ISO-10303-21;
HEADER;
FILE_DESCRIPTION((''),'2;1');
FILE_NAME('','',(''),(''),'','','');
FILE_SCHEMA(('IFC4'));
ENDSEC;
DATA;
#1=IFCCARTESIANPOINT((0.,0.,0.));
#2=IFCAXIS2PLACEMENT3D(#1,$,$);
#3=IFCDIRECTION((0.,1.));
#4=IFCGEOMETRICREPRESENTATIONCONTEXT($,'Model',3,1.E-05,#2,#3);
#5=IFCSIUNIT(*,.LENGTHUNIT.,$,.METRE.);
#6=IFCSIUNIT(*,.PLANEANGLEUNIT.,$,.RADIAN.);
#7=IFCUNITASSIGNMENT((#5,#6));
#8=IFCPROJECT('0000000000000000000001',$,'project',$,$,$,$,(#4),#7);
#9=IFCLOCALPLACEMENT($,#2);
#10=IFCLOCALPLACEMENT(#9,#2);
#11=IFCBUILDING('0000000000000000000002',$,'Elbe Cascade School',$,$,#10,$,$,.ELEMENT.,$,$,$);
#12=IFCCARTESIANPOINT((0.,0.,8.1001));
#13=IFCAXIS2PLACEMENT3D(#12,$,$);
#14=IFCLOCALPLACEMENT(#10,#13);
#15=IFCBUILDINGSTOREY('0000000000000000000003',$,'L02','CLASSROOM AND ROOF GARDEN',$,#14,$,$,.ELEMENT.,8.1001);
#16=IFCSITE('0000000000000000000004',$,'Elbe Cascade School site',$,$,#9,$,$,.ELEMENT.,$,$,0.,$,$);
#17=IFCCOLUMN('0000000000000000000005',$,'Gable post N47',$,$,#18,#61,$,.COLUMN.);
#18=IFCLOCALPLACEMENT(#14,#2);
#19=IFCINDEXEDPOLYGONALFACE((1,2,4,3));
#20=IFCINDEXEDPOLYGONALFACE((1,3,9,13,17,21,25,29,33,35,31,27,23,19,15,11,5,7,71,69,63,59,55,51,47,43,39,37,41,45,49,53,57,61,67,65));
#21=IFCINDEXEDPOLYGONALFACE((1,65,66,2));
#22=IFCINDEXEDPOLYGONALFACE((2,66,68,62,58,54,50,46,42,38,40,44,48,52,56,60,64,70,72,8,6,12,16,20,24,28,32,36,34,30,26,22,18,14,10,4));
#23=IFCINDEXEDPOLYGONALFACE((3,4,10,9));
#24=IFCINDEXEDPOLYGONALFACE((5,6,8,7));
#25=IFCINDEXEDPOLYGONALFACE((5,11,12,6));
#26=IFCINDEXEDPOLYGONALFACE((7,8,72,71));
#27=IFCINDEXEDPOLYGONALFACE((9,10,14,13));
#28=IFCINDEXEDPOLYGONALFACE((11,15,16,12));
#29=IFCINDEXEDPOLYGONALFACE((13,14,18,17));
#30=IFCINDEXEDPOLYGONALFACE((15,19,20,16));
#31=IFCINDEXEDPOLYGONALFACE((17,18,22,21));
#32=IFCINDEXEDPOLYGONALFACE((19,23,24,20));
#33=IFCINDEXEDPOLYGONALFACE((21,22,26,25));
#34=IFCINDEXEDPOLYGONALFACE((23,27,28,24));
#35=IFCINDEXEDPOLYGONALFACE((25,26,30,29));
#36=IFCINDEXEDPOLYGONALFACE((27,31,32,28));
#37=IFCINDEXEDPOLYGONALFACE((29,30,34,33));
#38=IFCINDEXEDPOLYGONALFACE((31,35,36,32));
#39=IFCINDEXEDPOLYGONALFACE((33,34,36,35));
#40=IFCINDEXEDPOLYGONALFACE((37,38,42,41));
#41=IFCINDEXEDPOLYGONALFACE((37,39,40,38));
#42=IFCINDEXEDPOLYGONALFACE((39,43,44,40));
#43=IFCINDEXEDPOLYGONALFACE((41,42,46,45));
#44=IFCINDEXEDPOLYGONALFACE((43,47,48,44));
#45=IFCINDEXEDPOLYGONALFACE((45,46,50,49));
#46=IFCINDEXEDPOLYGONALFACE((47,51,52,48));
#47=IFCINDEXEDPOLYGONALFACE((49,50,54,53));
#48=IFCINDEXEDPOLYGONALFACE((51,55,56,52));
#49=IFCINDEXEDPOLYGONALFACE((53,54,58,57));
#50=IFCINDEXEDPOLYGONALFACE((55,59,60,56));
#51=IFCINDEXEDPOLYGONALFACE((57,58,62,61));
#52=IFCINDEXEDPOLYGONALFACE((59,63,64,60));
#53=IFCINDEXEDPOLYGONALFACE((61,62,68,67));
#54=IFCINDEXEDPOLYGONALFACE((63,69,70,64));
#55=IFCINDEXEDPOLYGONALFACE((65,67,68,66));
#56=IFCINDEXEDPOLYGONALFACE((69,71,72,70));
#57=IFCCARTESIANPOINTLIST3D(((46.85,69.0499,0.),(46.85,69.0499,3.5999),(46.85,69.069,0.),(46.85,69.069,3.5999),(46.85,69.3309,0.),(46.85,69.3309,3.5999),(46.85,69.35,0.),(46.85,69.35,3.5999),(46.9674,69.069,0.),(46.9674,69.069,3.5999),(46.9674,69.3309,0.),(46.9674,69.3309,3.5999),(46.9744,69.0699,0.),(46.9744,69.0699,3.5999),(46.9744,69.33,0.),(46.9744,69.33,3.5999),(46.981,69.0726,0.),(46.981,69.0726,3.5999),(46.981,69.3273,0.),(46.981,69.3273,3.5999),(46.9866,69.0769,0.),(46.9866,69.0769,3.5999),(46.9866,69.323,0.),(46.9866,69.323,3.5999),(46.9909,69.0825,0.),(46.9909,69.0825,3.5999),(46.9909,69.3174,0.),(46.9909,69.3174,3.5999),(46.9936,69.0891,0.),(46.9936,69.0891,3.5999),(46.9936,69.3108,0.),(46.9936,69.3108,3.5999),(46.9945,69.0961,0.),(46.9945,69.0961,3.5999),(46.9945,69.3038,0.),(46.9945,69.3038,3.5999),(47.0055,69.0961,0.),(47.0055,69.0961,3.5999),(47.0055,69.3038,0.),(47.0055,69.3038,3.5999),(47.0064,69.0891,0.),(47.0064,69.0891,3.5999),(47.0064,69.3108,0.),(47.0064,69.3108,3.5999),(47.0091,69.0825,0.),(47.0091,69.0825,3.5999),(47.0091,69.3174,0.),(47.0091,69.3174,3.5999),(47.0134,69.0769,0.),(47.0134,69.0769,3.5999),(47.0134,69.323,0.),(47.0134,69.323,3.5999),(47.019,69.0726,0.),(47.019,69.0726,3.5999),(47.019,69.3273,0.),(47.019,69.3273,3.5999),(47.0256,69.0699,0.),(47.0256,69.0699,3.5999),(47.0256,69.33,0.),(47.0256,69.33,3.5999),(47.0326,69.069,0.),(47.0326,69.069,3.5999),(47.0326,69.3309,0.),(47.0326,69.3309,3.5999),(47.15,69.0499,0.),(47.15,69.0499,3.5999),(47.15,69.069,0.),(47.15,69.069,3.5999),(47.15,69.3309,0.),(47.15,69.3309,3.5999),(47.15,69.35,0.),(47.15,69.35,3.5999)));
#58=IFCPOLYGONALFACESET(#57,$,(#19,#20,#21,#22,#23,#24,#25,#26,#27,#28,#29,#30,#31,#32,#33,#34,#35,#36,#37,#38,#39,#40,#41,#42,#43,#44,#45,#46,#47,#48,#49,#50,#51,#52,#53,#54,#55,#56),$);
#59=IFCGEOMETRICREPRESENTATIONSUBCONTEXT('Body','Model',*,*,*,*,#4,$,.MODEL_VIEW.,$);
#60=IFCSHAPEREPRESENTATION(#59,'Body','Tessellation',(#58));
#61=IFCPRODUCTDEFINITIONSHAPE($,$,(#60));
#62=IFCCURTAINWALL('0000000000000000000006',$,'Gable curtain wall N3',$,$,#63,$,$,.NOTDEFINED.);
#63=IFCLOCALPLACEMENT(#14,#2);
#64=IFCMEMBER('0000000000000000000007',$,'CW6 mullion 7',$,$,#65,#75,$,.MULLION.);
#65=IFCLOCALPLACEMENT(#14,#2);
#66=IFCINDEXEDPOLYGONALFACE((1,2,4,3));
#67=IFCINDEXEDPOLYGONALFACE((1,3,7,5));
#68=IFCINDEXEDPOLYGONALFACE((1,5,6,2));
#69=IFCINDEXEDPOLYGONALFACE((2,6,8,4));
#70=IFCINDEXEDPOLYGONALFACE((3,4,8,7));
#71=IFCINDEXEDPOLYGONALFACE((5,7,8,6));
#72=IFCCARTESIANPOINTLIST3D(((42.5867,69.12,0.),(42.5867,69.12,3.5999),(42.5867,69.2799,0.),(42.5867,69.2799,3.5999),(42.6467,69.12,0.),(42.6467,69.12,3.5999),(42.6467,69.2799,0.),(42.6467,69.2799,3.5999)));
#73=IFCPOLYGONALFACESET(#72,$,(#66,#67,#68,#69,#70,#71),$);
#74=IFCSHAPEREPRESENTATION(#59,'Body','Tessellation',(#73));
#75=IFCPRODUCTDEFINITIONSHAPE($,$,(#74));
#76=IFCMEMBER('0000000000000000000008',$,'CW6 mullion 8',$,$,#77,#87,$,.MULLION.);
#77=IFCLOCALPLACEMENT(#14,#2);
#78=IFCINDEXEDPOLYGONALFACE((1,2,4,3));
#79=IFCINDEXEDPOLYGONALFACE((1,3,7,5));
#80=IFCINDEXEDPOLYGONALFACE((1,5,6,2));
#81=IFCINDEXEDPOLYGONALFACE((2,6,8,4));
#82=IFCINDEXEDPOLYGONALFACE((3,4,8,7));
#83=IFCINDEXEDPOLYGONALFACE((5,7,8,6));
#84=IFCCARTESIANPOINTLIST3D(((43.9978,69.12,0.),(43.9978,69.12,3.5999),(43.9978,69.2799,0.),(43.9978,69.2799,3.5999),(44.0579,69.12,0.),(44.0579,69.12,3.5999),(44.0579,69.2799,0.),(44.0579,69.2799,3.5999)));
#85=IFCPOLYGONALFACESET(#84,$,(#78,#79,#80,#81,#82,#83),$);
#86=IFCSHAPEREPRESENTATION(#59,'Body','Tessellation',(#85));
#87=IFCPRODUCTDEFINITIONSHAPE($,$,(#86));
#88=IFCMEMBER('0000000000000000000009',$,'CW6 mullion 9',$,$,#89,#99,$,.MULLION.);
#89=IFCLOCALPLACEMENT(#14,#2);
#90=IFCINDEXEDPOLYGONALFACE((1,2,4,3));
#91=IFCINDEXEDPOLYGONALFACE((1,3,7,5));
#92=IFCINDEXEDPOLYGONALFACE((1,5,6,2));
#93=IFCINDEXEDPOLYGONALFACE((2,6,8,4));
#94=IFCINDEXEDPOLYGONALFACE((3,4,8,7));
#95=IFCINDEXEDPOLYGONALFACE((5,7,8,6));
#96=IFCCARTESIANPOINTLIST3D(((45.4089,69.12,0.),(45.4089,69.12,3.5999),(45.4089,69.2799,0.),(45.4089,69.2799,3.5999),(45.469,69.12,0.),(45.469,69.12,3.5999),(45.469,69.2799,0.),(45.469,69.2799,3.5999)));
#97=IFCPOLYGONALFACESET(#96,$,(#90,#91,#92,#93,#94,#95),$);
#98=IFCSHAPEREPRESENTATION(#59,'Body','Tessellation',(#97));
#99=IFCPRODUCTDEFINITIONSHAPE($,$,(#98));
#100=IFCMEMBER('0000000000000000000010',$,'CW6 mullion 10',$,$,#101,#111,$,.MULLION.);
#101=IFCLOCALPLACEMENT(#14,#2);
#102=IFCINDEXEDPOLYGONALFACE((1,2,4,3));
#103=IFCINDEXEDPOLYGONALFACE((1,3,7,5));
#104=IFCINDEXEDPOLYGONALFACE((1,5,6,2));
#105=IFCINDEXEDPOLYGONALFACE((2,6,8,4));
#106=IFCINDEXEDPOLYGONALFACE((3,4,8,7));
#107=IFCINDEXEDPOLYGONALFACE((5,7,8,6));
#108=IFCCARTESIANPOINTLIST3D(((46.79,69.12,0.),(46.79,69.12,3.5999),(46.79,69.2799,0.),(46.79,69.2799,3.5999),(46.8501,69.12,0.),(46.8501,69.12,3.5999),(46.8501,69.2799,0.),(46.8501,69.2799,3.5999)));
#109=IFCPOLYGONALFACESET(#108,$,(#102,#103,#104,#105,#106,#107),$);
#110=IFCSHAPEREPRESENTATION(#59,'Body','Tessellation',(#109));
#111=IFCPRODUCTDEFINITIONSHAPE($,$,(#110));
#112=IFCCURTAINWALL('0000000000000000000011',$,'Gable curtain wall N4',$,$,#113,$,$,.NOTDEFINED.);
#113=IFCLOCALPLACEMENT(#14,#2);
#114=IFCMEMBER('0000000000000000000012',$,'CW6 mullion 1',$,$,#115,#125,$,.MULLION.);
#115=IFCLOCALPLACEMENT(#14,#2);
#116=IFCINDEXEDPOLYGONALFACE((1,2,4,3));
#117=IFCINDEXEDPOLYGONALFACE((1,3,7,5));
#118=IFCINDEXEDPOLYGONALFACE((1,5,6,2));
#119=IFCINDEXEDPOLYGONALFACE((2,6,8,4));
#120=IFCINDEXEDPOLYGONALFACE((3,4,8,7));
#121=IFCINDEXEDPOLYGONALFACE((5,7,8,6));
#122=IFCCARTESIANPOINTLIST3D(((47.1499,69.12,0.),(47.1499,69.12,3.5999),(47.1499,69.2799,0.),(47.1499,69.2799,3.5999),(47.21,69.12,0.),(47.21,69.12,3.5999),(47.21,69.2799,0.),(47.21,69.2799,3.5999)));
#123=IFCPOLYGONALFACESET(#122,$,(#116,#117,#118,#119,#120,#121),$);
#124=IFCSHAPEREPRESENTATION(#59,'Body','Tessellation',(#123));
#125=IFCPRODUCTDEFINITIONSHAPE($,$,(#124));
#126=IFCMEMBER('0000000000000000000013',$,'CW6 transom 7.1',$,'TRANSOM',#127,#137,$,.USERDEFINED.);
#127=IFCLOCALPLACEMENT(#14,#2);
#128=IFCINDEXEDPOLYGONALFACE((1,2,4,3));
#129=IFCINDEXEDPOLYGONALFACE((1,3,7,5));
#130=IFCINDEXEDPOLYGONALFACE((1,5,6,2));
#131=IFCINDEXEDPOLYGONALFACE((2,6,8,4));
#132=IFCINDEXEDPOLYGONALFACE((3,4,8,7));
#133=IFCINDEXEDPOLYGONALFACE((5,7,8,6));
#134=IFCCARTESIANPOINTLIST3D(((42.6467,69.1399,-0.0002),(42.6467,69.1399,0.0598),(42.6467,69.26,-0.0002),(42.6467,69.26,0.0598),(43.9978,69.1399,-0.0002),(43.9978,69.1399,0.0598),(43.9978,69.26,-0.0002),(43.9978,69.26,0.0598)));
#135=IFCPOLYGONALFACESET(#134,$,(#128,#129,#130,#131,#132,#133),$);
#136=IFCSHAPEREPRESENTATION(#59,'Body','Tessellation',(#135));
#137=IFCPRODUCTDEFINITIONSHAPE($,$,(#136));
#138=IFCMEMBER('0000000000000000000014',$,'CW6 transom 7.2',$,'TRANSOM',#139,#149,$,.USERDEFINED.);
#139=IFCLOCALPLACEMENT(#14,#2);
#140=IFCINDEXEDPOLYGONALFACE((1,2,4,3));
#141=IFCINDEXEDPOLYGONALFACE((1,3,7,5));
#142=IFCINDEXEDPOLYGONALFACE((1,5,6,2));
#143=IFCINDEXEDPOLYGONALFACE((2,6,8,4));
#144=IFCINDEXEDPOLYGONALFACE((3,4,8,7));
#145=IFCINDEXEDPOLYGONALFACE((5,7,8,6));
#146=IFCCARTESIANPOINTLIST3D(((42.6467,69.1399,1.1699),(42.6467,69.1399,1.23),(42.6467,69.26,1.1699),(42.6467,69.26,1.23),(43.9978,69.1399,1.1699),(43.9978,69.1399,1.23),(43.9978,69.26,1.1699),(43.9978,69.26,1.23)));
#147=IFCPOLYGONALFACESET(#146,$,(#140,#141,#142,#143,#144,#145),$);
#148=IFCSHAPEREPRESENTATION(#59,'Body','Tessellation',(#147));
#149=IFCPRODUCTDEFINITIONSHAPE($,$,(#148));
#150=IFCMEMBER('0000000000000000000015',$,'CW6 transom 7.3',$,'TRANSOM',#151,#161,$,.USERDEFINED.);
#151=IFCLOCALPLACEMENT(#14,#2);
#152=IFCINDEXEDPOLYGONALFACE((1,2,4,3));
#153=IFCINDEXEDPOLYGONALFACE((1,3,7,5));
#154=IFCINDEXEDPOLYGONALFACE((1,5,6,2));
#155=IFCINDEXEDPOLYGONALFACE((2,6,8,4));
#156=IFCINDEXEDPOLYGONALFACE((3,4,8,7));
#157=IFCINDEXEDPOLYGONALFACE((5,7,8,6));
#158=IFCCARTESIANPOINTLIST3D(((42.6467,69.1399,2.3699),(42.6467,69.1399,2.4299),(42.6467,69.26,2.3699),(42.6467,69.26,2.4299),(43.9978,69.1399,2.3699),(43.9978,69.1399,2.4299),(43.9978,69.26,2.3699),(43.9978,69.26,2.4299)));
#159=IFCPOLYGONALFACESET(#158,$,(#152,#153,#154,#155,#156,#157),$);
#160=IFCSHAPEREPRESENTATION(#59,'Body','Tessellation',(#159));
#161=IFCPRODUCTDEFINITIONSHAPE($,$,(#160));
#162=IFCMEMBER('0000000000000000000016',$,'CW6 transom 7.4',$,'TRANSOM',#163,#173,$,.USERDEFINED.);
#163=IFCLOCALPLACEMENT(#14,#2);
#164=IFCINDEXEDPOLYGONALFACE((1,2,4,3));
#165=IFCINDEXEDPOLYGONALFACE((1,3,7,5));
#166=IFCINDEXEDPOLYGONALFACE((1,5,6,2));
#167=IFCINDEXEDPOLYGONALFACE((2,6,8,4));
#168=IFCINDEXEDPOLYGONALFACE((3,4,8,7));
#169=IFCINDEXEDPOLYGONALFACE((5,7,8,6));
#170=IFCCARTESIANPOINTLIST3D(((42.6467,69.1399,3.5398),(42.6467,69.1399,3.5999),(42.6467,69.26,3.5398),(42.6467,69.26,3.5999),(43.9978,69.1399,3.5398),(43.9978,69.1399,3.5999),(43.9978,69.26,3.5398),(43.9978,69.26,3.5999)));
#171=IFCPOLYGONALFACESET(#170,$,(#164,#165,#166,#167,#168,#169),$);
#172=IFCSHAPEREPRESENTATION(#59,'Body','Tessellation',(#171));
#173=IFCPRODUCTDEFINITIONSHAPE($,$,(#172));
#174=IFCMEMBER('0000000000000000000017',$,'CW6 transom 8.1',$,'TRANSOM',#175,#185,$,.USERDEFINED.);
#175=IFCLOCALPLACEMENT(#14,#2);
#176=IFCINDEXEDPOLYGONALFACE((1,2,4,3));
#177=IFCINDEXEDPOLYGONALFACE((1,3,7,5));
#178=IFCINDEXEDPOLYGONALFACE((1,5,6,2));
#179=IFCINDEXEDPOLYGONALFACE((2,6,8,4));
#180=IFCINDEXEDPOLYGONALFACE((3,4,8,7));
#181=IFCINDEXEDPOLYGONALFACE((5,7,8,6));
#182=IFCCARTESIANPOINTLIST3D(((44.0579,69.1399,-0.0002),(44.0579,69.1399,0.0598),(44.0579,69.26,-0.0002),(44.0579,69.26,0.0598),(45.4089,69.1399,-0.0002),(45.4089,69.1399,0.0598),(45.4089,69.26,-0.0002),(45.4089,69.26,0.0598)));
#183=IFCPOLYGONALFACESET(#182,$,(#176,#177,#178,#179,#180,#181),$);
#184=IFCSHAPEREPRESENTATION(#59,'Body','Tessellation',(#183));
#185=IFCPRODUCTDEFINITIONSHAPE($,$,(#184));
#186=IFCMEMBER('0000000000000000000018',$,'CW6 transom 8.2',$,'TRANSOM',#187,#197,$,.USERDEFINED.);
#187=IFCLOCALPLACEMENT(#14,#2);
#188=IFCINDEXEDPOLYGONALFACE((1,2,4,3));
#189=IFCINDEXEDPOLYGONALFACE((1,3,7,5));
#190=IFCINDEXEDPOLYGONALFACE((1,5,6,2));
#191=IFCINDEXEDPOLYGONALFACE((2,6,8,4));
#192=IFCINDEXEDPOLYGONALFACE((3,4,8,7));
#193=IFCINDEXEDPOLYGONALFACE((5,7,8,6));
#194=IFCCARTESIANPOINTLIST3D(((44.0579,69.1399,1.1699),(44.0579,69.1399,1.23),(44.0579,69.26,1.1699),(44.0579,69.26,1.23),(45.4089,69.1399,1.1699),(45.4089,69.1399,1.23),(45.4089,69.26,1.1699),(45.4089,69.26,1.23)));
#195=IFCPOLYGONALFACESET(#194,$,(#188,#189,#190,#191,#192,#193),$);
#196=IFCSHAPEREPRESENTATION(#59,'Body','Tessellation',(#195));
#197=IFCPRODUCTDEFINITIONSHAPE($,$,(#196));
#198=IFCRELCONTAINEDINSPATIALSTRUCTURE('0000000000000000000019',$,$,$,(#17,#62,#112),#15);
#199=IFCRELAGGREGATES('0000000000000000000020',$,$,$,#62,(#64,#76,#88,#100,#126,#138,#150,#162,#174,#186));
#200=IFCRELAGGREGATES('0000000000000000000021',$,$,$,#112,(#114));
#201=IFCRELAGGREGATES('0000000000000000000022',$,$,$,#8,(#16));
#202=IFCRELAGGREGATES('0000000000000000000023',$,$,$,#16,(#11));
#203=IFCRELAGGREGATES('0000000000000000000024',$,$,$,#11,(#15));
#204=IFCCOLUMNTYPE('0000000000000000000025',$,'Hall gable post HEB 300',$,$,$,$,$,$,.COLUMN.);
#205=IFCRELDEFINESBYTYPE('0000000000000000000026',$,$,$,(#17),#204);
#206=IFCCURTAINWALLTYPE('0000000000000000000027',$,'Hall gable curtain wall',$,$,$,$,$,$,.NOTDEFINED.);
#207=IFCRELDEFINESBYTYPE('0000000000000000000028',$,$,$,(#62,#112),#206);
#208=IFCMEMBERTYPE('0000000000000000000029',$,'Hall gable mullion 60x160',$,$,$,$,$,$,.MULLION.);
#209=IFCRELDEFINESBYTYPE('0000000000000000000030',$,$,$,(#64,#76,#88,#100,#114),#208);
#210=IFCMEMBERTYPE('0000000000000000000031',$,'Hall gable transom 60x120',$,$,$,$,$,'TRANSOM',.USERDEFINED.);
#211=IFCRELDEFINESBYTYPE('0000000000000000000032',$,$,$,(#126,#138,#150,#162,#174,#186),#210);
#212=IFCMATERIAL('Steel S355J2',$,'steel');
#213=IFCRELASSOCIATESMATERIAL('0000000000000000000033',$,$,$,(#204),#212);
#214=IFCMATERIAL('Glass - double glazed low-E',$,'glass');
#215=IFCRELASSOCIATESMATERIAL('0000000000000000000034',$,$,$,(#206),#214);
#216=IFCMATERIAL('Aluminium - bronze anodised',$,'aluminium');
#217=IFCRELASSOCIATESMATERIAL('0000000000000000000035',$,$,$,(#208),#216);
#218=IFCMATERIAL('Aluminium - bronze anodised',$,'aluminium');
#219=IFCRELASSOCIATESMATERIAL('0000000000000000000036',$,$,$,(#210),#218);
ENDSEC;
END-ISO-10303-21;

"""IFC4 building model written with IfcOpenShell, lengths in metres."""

from ifc_helpers import new_model, si_unit, direction, frame, origin, origin_2d, place, context, subcontext, project, spatial, rectangle, i_section, extrude, material, material_profile, profile_set, type_object, element, aggregate, save


model = new_model("IFC4")

# Units and contexts
model_context = context("Model", 3, precision=1e-05, world=origin(), true_north=direction((0.0, 1.0)))
body_context = subcontext(model_context, "Body", "Model", "MODEL_VIEW")
ifc_project = project(units=[si_unit("LENGTHUNIT", "METRE"), si_unit("PLANEANGLEUNIT", "RADIAN")], contexts=[model_context])

# Site, building, storey
site_placement = place(None, origin())
site = spatial("IfcSite", under=ifc_project, at=site_placement, Name="Elbe Cascade School site", CompositionType="ELEMENT", RefElevation=0.0)
building_placement = place(site_placement, origin())
building = spatial("IfcBuilding", under=site, at=building_placement, Name="Elbe Cascade School", CompositionType="ELEMENT")
storey_placement = place(building_placement, frame((0.0, 0.0, 8.1001)))
storey = spatial("IfcBuildingStorey", under=building, at=storey_placement, Name="L02", Description="CLASSROOM AND ROOF GARDEN", CompositionType="ELEMENT", Elevation=8.1001)

# Column
ifc_material_1 = material(Name="Steel S355J2", Category="steel")
ifc_material_profile_1 = material_profile(ifc_material_1, i_section(OverallWidth=0.3, OverallDepth=0.3, WebThickness=0.011, FlangeThickness=0.019, FilletRadius=0.0271, at=origin_2d()), Name="HEB 300")
ifc_profile_set_1 = profile_set([ifc_material_profile_1], Name="Steel S355J2")
column_type = type_object("IfcColumnType", Name="Hall gable post HEB 300", PredefinedType="COLUMN", material=ifc_profile_set_1)
column_placement = place(storey_placement, frame((47.0, 69.2, 0.0), z_axis=(0.0, 0.0, 1.0), x_axis=(1.0, 0.0, 0.0)))
element("IfcColumn", 1, at=column_placement, inside=storey, type_object=column_type, Name="Gable post N47", PredefinedType="COLUMN", context=body_context, shape_type="SweptSolid", body=[
    extrude(i_section(OverallWidth=0.3, OverallDepth=0.3, WebThickness=0.011, FlangeThickness=0.019, FilletRadius=0.0271, at=origin_2d()), origin(), (0.0, 0.0, 1.0), 3.5999),
])

# Curtain wall, members
ifc_material_2 = material(Name="Glass - double glazed low-E", Category="glass")
curtain_wall_type = type_object("IfcCurtainWallType", Name="Hall gable curtain wall", PredefinedType="NOTDEFINED", material=ifc_material_2)
curtain_wall_1_placement = place(storey_placement, origin())
curtain_wall_1 = element("IfcCurtainWall", 2, at=curtain_wall_1_placement, inside=storey, type_object=curtain_wall_type, Name="Gable curtain wall N3", PredefinedType="NOTDEFINED")
ifc_material_3 = material(Name="Aluminium - bronze anodised", Category="aluminium")
ifc_material_profile_2 = material_profile(ifc_material_3, rectangle(XDim=0.1599, YDim=0.0601, at=origin_2d()), Name="Alu 60x160")
ifc_profile_set_2 = profile_set([ifc_material_profile_2], Name="Aluminium - bronze anodised")
member_type_1 = type_object("IfcMemberType", Name="Hall gable mullion 60x160", PredefinedType="MULLION", material=ifc_profile_set_2)
member_1_placement = place(storey_placement, frame((42.6167, 69.2, 0.0), z_axis=(0.0, 0.0, 1.0), x_axis=(0.0, 1.0, 0.0)))
member_1 = element("IfcMember", 3, at=member_1_placement, type_object=member_type_1, Name="CW6 mullion 7", PredefinedType="MULLION", context=body_context, shape_type="SweptSolid", body=[
    extrude(rectangle(XDim=0.1599, YDim=0.0601, at=origin_2d()), origin(), (0.0, 0.0, 1.0), 3.5999),
])
member_2_placement = place(storey_placement, frame((44.0278, 69.2, 0.0), z_axis=(0.0, 0.0, 1.0), x_axis=(0.0, 1.0, 0.0)))
member_2 = element("IfcMember", 4, at=member_2_placement, type_object=member_type_1, Name="CW6 mullion 8", PredefinedType="MULLION", context=body_context, shape_type="SweptSolid", body=[
    extrude(rectangle(XDim=0.1599, YDim=0.0601, at=origin_2d()), origin(), (0.0, 0.0, 1.0), 3.5999),
])
member_3_placement = place(storey_placement, frame((45.439, 69.2, 0.0), z_axis=(0.0, 0.0, 1.0), x_axis=(0.0, 1.0, 0.0)))
member_3 = element("IfcMember", 5, at=member_3_placement, type_object=member_type_1, Name="CW6 mullion 9", PredefinedType="MULLION", context=body_context, shape_type="SweptSolid", body=[
    extrude(rectangle(XDim=0.1599, YDim=0.0601, at=origin_2d()), origin(), (0.0, 0.0, 1.0), 3.5999),
])
member_4_placement = place(storey_placement, frame((46.8201, 69.2, 0.0), z_axis=(0.0, 0.0, 1.0), x_axis=(0.0, 1.0, 0.0)))
member_4 = element("IfcMember", 6, at=member_4_placement, type_object=member_type_1, Name="CW6 mullion 10", PredefinedType="MULLION", context=body_context, shape_type="SweptSolid", body=[
    extrude(rectangle(XDim=0.1599, YDim=0.0601, at=origin_2d()), origin(), (0.0, 0.0, 1.0), 3.5999),
])

# Curtain wall, member
curtain_wall_2_placement = place(storey_placement, origin())
curtain_wall_2 = element("IfcCurtainWall", 7, at=curtain_wall_2_placement, inside=storey, type_object=curtain_wall_type, Name="Gable curtain wall N4", PredefinedType="NOTDEFINED")
member_5_placement = place(storey_placement, frame((47.1799, 69.2, 0.0), z_axis=(0.0, 0.0, 1.0), x_axis=(0.0, 1.0, 0.0)))
member_5 = element("IfcMember", 8, at=member_5_placement, type_object=member_type_1, Name="CW6 mullion 1", PredefinedType="MULLION", context=body_context, shape_type="SweptSolid", body=[
    extrude(rectangle(XDim=0.1599, YDim=0.0601, at=origin_2d()), origin(), (0.0, 0.0, 1.0), 3.5999),
])

# Members
ifc_material_4 = material(Name="Aluminium - bronze anodised", Category="aluminium")
ifc_material_profile_3 = material_profile(ifc_material_4, rectangle(XDim=0.1201, YDim=0.0601, at=origin_2d()), Name="Alu 60x120")
ifc_profile_set_3 = profile_set([ifc_material_profile_3], Name="Aluminium - bronze anodised")
member_type_2 = type_object("IfcMemberType", Name="Hall gable transom 60x120", ElementType="TRANSOM", PredefinedType="USERDEFINED", material=ifc_profile_set_3)
member_6_placement = place(storey_placement, frame((42.6467, 69.2, 0.0298), z_axis=(1.0, 0.0, 0.0), x_axis=(0.0, 1.0, 0.0)))
member_6 = element("IfcMember", 9, at=member_6_placement, type_object=member_type_2, Name="CW6 transom 7.1", ObjectType="TRANSOM", PredefinedType="USERDEFINED", context=body_context, shape_type="SweptSolid", body=[
    extrude(rectangle(XDim=0.1201, YDim=0.0601, at=origin_2d()), origin(), (0.0, 0.0, 1.0), 1.3511),
])
member_7_placement = place(storey_placement, frame((42.6467, 69.2, 1.2), z_axis=(1.0, 0.0, 0.0), x_axis=(0.0, 1.0, 0.0)))
member_7 = element("IfcMember", 10, at=member_7_placement, type_object=member_type_2, Name="CW6 transom 7.2", ObjectType="TRANSOM", PredefinedType="USERDEFINED", context=body_context, shape_type="SweptSolid", body=[
    extrude(rectangle(XDim=0.1201, YDim=0.0601, at=origin_2d()), origin(), (0.0, 0.0, 1.0), 1.3511),
])
member_8_placement = place(storey_placement, frame((42.6467, 69.2, 2.3999), z_axis=(1.0, 0.0, 0.0), x_axis=(0.0, 1.0, 0.0)))
member_8 = element("IfcMember", 11, at=member_8_placement, type_object=member_type_2, Name="CW6 transom 7.3", ObjectType="TRANSOM", PredefinedType="USERDEFINED", context=body_context, shape_type="SweptSolid", body=[
    extrude(rectangle(XDim=0.1201, YDim=0.0601, at=origin_2d()), origin(), (0.0, 0.0, 1.0), 1.3511),
])
member_9_placement = place(storey_placement, frame((42.6467, 69.2, 3.5698), z_axis=(1.0, 0.0, 0.0), x_axis=(0.0, 1.0, 0.0)))
member_9 = element("IfcMember", 12, at=member_9_placement, type_object=member_type_2, Name="CW6 transom 7.4", ObjectType="TRANSOM", PredefinedType="USERDEFINED", context=body_context, shape_type="SweptSolid", body=[
    extrude(rectangle(XDim=0.1201, YDim=0.0601, at=origin_2d()), origin(), (0.0, 0.0, 1.0), 1.3511),
])
member_10_placement = place(storey_placement, frame((44.0579, 69.2, 0.0298), z_axis=(1.0, 0.0, 0.0), x_axis=(0.0, 1.0, 0.0)))
member_10 = element("IfcMember", 13, at=member_10_placement, type_object=member_type_2, Name="CW6 transom 8.1", ObjectType="TRANSOM", PredefinedType="USERDEFINED", context=body_context, shape_type="SweptSolid", body=[
    extrude(rectangle(XDim=0.1201, YDim=0.0601, at=origin_2d()), origin(), (0.0, 0.0, 1.0), 1.3511),
])
member_11_placement = place(storey_placement, frame((44.0579, 69.2, 1.2), z_axis=(1.0, 0.0, 0.0), x_axis=(0.0, 1.0, 0.0)))
member_11 = element("IfcMember", 14, at=member_11_placement, type_object=member_type_2, Name="CW6 transom 8.2", ObjectType="TRANSOM", PredefinedType="USERDEFINED", context=body_context, shape_type="SweptSolid", body=[
    extrude(rectangle(XDim=0.1201, YDim=0.0601, at=origin_2d()), origin(), (0.0, 0.0, 1.0), 1.3511),
])

aggregate(curtain_wall_1, [member_1, member_2, member_3, member_4, member_6, member_7, member_8, member_9, member_10, member_11])
aggregate(curtain_wall_2, [member_5])

save(model, "model.ifc")
